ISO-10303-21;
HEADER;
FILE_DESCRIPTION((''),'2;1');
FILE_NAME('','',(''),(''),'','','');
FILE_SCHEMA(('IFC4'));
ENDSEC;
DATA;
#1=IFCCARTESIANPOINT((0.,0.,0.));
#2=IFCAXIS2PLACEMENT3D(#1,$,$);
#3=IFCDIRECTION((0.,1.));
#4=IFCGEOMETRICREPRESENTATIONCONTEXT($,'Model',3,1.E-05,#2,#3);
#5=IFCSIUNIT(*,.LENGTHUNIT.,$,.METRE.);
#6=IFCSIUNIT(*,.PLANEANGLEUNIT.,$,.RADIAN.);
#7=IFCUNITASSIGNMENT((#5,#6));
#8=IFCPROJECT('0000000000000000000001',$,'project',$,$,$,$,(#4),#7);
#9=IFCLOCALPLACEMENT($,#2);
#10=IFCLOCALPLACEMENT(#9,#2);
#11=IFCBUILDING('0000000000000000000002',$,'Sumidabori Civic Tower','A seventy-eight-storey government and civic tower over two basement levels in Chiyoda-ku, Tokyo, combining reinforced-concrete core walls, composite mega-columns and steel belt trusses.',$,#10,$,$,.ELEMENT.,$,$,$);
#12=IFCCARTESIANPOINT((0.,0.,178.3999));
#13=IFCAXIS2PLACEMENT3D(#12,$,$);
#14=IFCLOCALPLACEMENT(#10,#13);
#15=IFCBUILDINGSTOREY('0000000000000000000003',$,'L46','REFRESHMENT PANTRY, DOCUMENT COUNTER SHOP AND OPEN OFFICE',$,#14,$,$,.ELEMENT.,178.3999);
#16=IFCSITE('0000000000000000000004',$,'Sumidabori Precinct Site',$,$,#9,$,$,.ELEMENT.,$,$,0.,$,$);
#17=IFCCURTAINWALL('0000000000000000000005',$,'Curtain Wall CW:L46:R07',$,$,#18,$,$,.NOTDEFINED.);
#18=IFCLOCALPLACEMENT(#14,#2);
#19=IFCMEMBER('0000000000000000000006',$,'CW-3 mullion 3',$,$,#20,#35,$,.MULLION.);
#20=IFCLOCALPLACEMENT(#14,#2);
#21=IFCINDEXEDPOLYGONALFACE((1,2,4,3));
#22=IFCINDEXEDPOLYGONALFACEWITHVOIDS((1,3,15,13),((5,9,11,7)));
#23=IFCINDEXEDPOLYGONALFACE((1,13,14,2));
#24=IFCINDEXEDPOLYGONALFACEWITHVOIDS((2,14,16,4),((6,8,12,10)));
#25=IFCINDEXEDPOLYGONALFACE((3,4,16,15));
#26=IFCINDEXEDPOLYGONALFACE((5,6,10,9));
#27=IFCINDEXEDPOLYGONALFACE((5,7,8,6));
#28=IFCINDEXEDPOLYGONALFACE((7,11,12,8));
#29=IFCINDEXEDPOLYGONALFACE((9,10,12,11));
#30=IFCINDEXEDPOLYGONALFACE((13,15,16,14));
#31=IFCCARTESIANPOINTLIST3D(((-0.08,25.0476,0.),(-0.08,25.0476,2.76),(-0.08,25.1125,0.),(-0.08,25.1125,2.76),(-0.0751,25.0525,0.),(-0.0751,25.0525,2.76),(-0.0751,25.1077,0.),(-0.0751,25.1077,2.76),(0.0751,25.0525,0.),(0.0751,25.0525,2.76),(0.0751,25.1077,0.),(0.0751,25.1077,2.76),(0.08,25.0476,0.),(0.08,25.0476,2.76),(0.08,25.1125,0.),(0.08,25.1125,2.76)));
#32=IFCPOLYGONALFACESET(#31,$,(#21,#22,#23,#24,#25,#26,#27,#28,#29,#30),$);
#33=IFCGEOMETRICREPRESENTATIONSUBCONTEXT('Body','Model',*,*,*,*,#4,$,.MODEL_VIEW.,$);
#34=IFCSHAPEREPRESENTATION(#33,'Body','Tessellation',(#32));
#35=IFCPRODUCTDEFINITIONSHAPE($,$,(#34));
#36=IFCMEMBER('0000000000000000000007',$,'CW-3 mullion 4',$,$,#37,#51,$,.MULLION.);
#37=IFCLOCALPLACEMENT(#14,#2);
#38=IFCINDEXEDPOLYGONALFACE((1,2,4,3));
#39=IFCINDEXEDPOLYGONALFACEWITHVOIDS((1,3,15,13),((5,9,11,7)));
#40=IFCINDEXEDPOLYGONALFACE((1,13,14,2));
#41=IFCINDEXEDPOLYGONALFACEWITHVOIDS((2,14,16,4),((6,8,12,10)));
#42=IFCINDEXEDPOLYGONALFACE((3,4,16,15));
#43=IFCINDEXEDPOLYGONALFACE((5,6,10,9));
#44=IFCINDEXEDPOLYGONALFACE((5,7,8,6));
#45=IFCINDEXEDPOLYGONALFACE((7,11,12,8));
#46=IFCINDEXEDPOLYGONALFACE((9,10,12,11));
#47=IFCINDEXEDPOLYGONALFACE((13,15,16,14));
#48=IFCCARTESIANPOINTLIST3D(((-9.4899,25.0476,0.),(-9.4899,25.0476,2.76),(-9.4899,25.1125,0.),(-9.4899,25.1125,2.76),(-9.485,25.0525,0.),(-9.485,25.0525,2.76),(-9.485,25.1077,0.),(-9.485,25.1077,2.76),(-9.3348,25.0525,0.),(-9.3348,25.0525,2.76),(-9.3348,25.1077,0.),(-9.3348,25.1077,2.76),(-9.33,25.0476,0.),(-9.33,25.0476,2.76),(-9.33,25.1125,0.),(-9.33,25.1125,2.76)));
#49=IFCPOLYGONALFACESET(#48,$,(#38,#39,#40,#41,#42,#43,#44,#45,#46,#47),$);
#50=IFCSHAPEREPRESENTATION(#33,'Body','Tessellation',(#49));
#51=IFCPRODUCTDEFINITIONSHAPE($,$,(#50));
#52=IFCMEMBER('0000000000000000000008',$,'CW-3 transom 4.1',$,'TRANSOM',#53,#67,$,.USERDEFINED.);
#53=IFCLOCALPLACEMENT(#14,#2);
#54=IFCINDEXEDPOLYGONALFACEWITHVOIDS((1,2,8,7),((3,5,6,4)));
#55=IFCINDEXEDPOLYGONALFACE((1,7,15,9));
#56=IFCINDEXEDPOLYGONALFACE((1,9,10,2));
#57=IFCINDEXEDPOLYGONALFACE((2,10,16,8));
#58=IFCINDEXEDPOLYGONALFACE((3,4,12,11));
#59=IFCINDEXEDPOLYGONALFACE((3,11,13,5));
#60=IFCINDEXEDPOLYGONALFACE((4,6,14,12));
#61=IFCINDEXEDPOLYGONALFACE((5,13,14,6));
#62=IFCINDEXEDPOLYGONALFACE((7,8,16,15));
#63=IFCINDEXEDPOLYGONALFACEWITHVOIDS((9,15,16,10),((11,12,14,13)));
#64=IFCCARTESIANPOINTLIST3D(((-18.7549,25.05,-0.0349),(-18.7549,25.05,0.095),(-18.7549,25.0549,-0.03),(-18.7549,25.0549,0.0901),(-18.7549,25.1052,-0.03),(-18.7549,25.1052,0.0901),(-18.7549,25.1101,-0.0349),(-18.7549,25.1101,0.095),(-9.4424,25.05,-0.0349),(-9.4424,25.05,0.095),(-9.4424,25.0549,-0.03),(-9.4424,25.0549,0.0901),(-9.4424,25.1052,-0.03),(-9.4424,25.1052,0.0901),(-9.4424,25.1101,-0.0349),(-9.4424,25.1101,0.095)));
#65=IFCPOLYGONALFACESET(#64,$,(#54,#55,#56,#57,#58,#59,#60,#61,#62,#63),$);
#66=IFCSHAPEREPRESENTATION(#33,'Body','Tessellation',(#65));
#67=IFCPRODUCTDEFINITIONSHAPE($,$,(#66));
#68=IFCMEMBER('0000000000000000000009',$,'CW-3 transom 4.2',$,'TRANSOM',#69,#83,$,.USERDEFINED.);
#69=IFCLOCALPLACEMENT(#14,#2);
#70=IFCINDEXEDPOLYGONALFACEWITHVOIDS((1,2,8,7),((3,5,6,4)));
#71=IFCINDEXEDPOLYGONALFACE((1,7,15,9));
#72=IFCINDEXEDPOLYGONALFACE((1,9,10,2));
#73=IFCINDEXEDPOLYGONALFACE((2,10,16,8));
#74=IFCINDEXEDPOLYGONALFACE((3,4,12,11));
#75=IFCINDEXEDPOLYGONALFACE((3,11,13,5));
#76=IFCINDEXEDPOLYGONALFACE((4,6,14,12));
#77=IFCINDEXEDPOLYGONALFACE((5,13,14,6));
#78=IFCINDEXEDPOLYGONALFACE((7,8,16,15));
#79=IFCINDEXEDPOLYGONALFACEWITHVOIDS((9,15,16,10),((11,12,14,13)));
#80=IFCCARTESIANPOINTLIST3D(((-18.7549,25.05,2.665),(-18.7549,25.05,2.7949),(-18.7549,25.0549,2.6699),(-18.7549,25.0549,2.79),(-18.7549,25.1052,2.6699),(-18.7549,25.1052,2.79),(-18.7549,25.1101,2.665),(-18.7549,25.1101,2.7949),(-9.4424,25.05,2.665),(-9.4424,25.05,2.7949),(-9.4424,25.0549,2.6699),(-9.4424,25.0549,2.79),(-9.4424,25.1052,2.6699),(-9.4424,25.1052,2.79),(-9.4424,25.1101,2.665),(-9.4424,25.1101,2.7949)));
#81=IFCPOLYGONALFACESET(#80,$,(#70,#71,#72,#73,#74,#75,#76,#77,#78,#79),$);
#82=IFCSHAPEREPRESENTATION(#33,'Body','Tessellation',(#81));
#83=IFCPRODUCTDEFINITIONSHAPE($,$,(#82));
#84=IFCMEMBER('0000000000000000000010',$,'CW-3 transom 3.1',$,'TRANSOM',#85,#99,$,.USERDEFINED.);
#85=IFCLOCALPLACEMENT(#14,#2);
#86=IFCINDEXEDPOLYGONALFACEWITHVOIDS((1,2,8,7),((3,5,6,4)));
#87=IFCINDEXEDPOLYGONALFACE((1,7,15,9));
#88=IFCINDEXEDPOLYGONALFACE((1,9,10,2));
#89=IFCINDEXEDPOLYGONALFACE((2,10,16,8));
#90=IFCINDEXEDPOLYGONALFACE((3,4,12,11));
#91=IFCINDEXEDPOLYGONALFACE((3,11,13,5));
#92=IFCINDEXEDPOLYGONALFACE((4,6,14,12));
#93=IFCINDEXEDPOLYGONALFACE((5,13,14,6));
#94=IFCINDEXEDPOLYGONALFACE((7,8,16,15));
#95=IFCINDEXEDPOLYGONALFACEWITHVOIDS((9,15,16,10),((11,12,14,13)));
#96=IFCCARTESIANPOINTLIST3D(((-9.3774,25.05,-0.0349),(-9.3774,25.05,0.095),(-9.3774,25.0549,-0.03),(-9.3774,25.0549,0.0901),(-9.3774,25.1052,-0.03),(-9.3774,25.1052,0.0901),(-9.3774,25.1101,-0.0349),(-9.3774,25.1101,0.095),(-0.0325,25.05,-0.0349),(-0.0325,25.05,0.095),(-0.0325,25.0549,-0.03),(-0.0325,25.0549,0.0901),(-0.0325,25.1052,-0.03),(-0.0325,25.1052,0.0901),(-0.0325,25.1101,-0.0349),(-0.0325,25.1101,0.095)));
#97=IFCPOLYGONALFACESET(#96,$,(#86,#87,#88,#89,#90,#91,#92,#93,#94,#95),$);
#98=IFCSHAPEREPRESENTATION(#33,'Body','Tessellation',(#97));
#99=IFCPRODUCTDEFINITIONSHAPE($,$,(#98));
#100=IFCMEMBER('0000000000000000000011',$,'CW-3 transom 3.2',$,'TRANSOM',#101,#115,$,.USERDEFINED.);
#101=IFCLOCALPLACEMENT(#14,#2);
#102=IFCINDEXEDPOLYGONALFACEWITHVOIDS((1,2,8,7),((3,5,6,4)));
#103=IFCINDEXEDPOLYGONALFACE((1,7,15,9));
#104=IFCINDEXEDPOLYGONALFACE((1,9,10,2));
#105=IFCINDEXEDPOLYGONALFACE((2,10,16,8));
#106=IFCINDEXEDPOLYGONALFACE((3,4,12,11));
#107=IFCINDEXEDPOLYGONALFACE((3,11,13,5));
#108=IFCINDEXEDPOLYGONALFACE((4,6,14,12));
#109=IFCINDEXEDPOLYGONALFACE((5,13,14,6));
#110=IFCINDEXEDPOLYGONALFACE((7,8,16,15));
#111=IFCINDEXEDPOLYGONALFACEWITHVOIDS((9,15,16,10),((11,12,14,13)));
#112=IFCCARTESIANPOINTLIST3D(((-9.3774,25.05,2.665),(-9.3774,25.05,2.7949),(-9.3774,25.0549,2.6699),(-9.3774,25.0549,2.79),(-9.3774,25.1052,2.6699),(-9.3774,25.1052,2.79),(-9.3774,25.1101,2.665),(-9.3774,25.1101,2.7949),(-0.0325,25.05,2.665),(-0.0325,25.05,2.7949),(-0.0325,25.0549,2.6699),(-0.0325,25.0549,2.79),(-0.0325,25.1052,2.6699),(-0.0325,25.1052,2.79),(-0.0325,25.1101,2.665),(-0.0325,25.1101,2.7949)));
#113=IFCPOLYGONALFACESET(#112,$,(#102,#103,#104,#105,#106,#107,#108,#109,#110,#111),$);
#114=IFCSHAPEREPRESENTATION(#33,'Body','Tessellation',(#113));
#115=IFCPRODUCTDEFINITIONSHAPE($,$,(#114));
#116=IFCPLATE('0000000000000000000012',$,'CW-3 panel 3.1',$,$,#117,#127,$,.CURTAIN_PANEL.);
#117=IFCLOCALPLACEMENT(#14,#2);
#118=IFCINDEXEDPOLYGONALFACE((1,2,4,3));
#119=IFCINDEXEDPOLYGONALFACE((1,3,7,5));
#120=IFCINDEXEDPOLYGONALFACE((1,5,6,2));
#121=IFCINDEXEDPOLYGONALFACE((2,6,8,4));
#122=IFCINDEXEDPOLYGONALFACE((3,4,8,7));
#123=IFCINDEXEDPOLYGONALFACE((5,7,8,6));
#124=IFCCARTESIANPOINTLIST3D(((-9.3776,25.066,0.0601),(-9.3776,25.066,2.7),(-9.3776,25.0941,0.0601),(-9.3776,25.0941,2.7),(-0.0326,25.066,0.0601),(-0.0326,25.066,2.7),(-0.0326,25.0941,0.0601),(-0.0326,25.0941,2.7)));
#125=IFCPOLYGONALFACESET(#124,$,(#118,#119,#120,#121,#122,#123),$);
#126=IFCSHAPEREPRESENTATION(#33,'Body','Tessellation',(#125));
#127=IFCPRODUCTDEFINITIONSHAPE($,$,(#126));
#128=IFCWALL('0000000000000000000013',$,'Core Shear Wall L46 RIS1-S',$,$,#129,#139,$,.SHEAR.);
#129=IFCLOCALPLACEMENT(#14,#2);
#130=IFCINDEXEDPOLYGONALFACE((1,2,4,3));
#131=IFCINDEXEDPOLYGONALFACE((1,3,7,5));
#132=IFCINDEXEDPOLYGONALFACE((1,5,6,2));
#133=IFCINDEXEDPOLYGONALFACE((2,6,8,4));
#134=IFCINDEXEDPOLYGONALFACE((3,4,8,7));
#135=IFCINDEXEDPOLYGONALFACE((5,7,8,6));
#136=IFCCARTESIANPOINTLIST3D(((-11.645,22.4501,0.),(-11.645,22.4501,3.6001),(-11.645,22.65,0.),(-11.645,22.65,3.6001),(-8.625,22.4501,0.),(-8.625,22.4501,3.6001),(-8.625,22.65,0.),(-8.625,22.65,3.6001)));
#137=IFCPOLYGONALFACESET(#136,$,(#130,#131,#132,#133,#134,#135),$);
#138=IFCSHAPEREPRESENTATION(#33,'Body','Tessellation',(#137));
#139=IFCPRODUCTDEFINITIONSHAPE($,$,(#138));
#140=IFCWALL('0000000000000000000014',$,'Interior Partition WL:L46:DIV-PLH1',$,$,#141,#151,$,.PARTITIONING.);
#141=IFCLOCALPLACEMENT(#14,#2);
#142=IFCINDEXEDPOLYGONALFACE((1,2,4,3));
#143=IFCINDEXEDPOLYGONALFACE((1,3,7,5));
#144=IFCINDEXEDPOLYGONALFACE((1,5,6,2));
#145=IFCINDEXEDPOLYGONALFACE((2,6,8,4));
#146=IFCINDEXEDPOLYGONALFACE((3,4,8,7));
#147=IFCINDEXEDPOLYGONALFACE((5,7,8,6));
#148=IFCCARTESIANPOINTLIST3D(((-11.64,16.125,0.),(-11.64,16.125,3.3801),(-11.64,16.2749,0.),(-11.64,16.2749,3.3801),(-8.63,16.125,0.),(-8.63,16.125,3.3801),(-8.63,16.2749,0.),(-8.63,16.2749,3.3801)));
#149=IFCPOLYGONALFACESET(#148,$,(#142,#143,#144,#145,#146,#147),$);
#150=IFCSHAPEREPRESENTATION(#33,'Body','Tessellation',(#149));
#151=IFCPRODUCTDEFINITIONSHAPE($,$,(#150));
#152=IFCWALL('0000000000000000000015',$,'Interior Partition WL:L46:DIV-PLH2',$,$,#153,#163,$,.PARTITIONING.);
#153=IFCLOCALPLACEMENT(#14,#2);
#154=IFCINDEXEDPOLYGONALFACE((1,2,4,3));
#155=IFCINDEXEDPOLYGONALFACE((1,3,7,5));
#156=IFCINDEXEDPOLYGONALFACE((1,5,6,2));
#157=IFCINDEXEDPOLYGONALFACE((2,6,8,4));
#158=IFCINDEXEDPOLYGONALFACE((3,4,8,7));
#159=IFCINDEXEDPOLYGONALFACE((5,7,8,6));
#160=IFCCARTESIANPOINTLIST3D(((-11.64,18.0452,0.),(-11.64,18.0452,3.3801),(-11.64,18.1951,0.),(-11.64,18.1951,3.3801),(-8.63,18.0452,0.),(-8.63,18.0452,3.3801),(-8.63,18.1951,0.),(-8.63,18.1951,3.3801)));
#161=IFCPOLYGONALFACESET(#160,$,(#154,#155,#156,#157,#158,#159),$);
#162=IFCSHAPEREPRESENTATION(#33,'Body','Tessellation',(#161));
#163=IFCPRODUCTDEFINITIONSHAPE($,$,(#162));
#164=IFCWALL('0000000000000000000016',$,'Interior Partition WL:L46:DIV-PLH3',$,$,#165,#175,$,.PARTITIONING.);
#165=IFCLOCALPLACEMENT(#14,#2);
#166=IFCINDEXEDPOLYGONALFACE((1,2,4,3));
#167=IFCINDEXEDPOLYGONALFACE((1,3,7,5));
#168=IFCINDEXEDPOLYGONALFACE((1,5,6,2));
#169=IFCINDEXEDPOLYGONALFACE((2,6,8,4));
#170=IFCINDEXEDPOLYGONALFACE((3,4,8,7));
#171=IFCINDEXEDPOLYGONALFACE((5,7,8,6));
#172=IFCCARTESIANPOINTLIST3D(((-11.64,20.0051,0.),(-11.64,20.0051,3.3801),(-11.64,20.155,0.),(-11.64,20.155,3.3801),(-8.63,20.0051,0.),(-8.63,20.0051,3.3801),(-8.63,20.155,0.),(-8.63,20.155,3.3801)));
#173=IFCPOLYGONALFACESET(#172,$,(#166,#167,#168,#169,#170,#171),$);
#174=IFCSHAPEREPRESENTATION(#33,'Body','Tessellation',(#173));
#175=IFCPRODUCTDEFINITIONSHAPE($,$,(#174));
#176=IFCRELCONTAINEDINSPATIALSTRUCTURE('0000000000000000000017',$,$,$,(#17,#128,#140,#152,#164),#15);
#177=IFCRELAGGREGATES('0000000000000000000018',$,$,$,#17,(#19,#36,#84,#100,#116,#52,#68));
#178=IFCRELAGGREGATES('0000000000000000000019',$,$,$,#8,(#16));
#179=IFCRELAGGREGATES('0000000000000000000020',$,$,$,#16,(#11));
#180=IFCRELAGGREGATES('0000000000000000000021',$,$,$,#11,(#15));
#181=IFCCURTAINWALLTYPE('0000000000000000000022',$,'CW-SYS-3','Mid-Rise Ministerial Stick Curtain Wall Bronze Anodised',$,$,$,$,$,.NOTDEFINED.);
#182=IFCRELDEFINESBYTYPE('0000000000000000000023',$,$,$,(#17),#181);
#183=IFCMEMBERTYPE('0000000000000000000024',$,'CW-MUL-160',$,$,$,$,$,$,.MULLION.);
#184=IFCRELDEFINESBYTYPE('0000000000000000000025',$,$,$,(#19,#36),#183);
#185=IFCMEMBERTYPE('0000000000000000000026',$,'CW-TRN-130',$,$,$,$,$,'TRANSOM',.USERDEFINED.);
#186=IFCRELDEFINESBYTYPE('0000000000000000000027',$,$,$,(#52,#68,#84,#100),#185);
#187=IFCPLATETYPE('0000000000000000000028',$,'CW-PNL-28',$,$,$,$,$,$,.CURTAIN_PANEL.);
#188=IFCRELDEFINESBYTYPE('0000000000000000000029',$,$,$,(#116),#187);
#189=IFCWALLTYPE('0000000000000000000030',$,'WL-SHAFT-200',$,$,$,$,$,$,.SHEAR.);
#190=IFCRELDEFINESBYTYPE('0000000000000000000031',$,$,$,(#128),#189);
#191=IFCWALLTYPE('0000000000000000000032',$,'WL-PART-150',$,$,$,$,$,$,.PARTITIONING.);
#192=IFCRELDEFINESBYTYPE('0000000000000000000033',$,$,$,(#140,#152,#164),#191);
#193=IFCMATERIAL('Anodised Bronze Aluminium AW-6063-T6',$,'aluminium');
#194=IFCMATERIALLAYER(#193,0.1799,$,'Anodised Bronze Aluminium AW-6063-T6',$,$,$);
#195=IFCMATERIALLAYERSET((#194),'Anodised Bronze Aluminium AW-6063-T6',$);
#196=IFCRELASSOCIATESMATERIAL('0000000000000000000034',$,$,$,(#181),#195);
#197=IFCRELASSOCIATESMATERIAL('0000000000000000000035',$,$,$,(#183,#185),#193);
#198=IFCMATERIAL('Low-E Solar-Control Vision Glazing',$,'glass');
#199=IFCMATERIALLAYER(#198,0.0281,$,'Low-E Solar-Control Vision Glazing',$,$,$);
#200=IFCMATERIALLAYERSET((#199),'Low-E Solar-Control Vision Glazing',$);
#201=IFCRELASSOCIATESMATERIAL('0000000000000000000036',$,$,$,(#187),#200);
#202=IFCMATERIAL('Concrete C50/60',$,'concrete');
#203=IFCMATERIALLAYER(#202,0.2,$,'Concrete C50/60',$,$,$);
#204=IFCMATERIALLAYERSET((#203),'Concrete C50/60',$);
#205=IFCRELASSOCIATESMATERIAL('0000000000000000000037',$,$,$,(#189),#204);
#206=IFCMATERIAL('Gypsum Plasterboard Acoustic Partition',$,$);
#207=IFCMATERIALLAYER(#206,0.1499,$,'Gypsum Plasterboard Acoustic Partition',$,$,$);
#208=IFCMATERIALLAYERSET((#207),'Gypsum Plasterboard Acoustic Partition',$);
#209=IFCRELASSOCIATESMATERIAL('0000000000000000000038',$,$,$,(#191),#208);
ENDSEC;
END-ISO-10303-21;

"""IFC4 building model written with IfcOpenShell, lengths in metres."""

from ifc_helpers import new_model, si_unit, direction, frame, frame_2d, origin, origin_2d, place, context, subcontext, project, spatial, rectangle, hollow_rectangle, extrude, source, transform, mapped, material, layer, layer_set, material_profile, profile_set, type_object, element, aggregate, save


model = new_model("IFC4")

# Units and contexts
model_context = context("Model", 3, precision=1e-05, world=origin(), true_north=direction((0.0, 1.0)))
body_context = subcontext(model_context, "Body", "Model", "MODEL_VIEW")
ifc_project = project(units=[si_unit("LENGTHUNIT", "METRE"), si_unit("PLANEANGLEUNIT", "RADIAN")], contexts=[model_context])

# Site, building, storey
site_placement = place(None, origin())
site = spatial("IfcSite", under=ifc_project, at=site_placement, Name="Sumidabori Precinct Site", CompositionType="ELEMENT", RefElevation=0.0)
building_placement = place(site_placement, origin())
building = spatial("IfcBuilding", under=site, at=building_placement, Name="Sumidabori Civic Tower", Description="A seventy-eight-storey government and civic tower over two basement levels in Chiyoda-ku, Tokyo, combining reinforced-concrete core walls, composite mega-columns and steel belt trusses.", CompositionType="ELEMENT")
storey_placement = place(building_placement, frame((0.0, 0.0, 178.3999)))
storey = spatial("IfcBuildingStorey", under=building, at=storey_placement, Name="L46", Description="REFRESHMENT PANTRY, DOCUMENT COUNTER SHOP AND OPEN OFFICE", CompositionType="ELEMENT", Elevation=178.3999)

# Curtain wall, members, plate
ifc_material_1 = material(Name="Anodised Bronze Aluminium AW-6063-T6", Category="aluminium")
ifc_layer_1 = layer(ifc_material_1, 0.1799, Name="Anodised Bronze Aluminium AW-6063-T6")
ifc_layer_set_1 = layer_set([ifc_layer_1], Name="Anodised Bronze Aluminium AW-6063-T6")
curtain_wall_type = type_object("IfcCurtainWallType", Name="CW-SYS-3", Description="Mid-Rise Ministerial Stick Curtain Wall Bronze Anodised", PredefinedType="NOTDEFINED", material=ifc_layer_set_1)
curtain_wall_placement = place(storey_placement, origin())
curtain_wall = element("IfcCurtainWall", 1, at=curtain_wall_placement, inside=storey, type_object=curtain_wall_type, Name="Curtain Wall CW:L46:R07", PredefinedType="NOTDEFINED")
ifc_material_profile_1 = material_profile(ifc_material_1, hollow_rectangle(XDim=0.0649, YDim=0.1599, WallThickness=0.0049, at=origin_2d()), Name="ALU MULLION 160x65")
ifc_profile_set_1 = profile_set([ifc_material_profile_1], Name="Anodised Bronze Aluminium AW-6063-T6")
member_type_1 = type_object("IfcMemberType", Name="CW-MUL-160", PredefinedType="MULLION", material=ifc_profile_set_1)
shared_shape_1 = source(origin(), body_context, "Body", "SweptSolid", [
    extrude(hollow_rectangle(XDim=0.0649, YDim=0.1599, WallThickness=0.0049, at=origin_2d()), origin(), (0.0, 0.0, 1.0), 2.76),
])
member_1_placement = place(storey_placement, frame((0.0, 25.0801, 0.0), z_axis=(0.0, 0.0, 1.0), x_axis=(0.0, -1.0, 0.0)))
member_1 = element("IfcMember", 2, at=member_1_placement, type_object=member_type_1, Name="CW-3 mullion 3", PredefinedType="MULLION", context=body_context, shape_type="MappedRepresentation", body=[
    mapped(shared_shape_1, transform((0.0, 0.0, 0.0), x_axis=(1.0, 0.0, 0.0), y_axis=(0.0, 1.0, 0.0), z_axis=(0.0, 0.0, 1.0), scale=1.0)),
])
member_2_placement = place(storey_placement, frame((-9.4099, 25.0801, 0.0), z_axis=(0.0, 0.0, 1.0), x_axis=(0.0, -1.0, 0.0)))
member_2 = element("IfcMember", 3, at=member_2_placement, type_object=member_type_1, Name="CW-3 mullion 4", PredefinedType="MULLION", context=body_context, shape_type="MappedRepresentation", body=[
    mapped(shared_shape_1, transform((0.0, 0.0, 0.0), x_axis=(1.0, 0.0, 0.0), y_axis=(0.0, 1.0, 0.0), z_axis=(0.0, 0.0, 1.0), scale=1.0)),
])
ifc_material_profile_2 = material_profile(ifc_material_1, hollow_rectangle(XDim=0.0601, YDim=0.1299, WallThickness=0.0049, at=origin_2d()), Name="ALU TRANSOM 130x60")
ifc_profile_set_2 = profile_set([ifc_material_profile_2], Name="Anodised Bronze Aluminium AW-6063-T6")
member_type_2 = type_object("IfcMemberType", Name="CW-TRN-130", ElementType="TRANSOM", PredefinedType="USERDEFINED", material=ifc_profile_set_2)
shared_shape_2 = source(origin(), body_context, "Body", "SweptSolid", [
    extrude(hollow_rectangle(XDim=0.0601, YDim=0.1299, WallThickness=0.0049, at=origin_2d()), origin(), (0.0, 0.0, 1.0), 9.3125),
])
member_3_placement = place(storey_placement, frame((-9.4424, 25.0801, 0.03), z_axis=(-1.0, 0.0, 0.0), x_axis=(0.0, -1.0, 0.0)))
member_3 = element("IfcMember", 4, at=member_3_placement, type_object=member_type_2, Name="CW-3 transom 4.1", ObjectType="TRANSOM", PredefinedType="USERDEFINED", context=body_context, shape_type="MappedRepresentation", body=[
    mapped(shared_shape_2, transform((0.0, 0.0, 0.0), x_axis=(1.0, 0.0, 0.0), y_axis=(0.0, 1.0, 0.0), z_axis=(0.0, 0.0, 1.0), scale=1.0)),
])
member_4_placement = place(storey_placement, frame((-9.4424, 25.0801, 2.73), z_axis=(-1.0, 0.0, 0.0), x_axis=(0.0, -1.0, 0.0)))
member_4 = element("IfcMember", 5, at=member_4_placement, type_object=member_type_2, Name="CW-3 transom 4.2", ObjectType="TRANSOM", PredefinedType="USERDEFINED", context=body_context, shape_type="MappedRepresentation", body=[
    mapped(shared_shape_2, transform((0.0, 0.0, 0.0), x_axis=(1.0, 0.0, 0.0), y_axis=(0.0, 1.0, 0.0), z_axis=(0.0, 0.0, 1.0), scale=1.0)),
])
shared_shape_3 = source(origin(), body_context, "Body", "SweptSolid", [
    extrude(hollow_rectangle(XDim=0.0601, YDim=0.1299, WallThickness=0.0049, at=origin_2d()), origin(), (0.0, 0.0, 1.0), 9.345),
])
member_5_placement = place(storey_placement, frame((-0.0325, 25.0801, 0.03), z_axis=(-1.0, 0.0, 0.0), x_axis=(0.0, -1.0, 0.0)))
member_5 = element("IfcMember", 6, at=member_5_placement, type_object=member_type_2, Name="CW-3 transom 3.1", ObjectType="TRANSOM", PredefinedType="USERDEFINED", context=body_context, shape_type="MappedRepresentation", body=[
    mapped(shared_shape_3, transform((0.0, 0.0, 0.0), x_axis=(1.0, 0.0, 0.0), y_axis=(0.0, 1.0, 0.0), z_axis=(0.0, 0.0, 1.0), scale=1.0)),
])
member_6_placement = place(storey_placement, frame((-0.0325, 25.0801, 2.73), z_axis=(-1.0, 0.0, 0.0), x_axis=(0.0, -1.0, 0.0)))
member_6 = element("IfcMember", 7, at=member_6_placement, type_object=member_type_2, Name="CW-3 transom 3.2", ObjectType="TRANSOM", PredefinedType="USERDEFINED", context=body_context, shape_type="MappedRepresentation", body=[
    mapped(shared_shape_3, transform((0.0, 0.0, 0.0), x_axis=(1.0, 0.0, 0.0), y_axis=(0.0, 1.0, 0.0), z_axis=(0.0, 0.0, 1.0), scale=1.0)),
])
ifc_material_2 = material(Name="Low-E Solar-Control Vision Glazing", Category="glass")
ifc_layer_2 = layer(ifc_material_2, 0.0281, Name="Low-E Solar-Control Vision Glazing")
ifc_layer_set_2 = layer_set([ifc_layer_2], Name="Low-E Solar-Control Vision Glazing")
plate_type = type_object("IfcPlateType", Name="CW-PNL-28", PredefinedType="CURTAIN_PANEL", material=ifc_layer_set_2)
shared_shape_4 = source(origin(), body_context, "Body", "SweptSolid", [
    extrude(rectangle(XDim=9.345, YDim=0.0281, at=origin_2d()), origin(), (0.0, 0.0, 1.0), 2.6399),
])
plate_placement = place(storey_placement, frame((-4.7051, 25.0801, 0.0601), z_axis=(0.0, 0.0, 1.0), x_axis=(-1.0, 0.0, 0.0)))
plate = element("IfcPlate", 8, at=plate_placement, type_object=plate_type, Name="CW-3 panel 3.1", PredefinedType="CURTAIN_PANEL", context=body_context, shape_type="MappedRepresentation", body=[
    mapped(shared_shape_4, transform((0.0, 0.0, 0.0), x_axis=(1.0, 0.0, 0.0), y_axis=(0.0, 1.0, 0.0), z_axis=(0.0, 0.0, 1.0), scale=1.0)),
])
aggregate(curtain_wall, [member_1, member_2, member_5, member_6, plate, member_3, member_4])

# Walls
ifc_material_3 = material(Name="Concrete C50/60", Category="concrete")
ifc_layer_3 = layer(ifc_material_3, 0.2, Name="Concrete C50/60")
ifc_layer_set_3 = layer_set([ifc_layer_3], Name="Concrete C50/60")
wall_type_1 = type_object("IfcWallType", Name="WL-SHAFT-200", PredefinedType="SHEAR", material=ifc_layer_set_3)
shared_shape_5 = source(origin(), body_context, "Body", "SweptSolid", [
    extrude(rectangle(XDim=3.02, YDim=0.2, at=frame_2d((1.51, 0.0))), origin(), (0.0, 0.0, 1.0), 3.6001),
])
wall_1_placement = place(storey_placement, frame((-11.645, 22.55, 0.0), z_axis=(0.0, 0.0, 1.0), x_axis=(1.0, 0.0, 0.0)))
element("IfcWall", 9, at=wall_1_placement, inside=storey, type_object=wall_type_1, Name="Core Shear Wall L46 RIS1-S", PredefinedType="SHEAR", context=body_context, shape_type="MappedRepresentation", body=[
    mapped(shared_shape_5, transform((0.0, 0.0, 0.0), x_axis=(1.0, 0.0, 0.0), y_axis=(0.0, 1.0, 0.0), z_axis=(0.0, 0.0, 1.0), scale=1.0)),
])
ifc_material_4 = material(Name="Gypsum Plasterboard Acoustic Partition")
ifc_layer_4 = layer(ifc_material_4, 0.1499, Name="Gypsum Plasterboard Acoustic Partition")
ifc_layer_set_4 = layer_set([ifc_layer_4], Name="Gypsum Plasterboard Acoustic Partition")
wall_type_2 = type_object("IfcWallType", Name="WL-PART-150", PredefinedType="PARTITIONING", material=ifc_layer_set_4)
shared_shape_6 = source(origin(), body_context, "Body", "SweptSolid", [
    extrude(rectangle(XDim=3.01, YDim=0.1499, at=frame_2d((1.5049, 0.0))), origin(), (0.0, 0.0, 1.0), 3.3801),
])
for number, where, z_axis, x_axis, name in (
    (10, (-11.6399, 16.2, 0.0), (0.0, 0.0, 1.0), (1.0, 0.0, 0.0), "Interior Partition WL:L46:DIV-PLH1"),
    (11, (-11.6399, 18.1201, 0.0), (0.0, 0.0, 1.0), (1.0, 0.0, 0.0), "Interior Partition WL:L46:DIV-PLH2"),
    (12, (-11.6399, 20.0801, 0.0), (0.0, 0.0, 1.0), (1.0, 0.0, 0.0), "Interior Partition WL:L46:DIV-PLH3"),
):
    element("IfcWall", number, at=place(storey_placement, frame(where, z_axis=z_axis, x_axis=x_axis)), inside=storey, type_object=wall_type_2, Name=name, PredefinedType="PARTITIONING", context=body_context, shape_type="MappedRepresentation", body=[
        mapped(shared_shape_6, transform((0.0, 0.0, 0.0), x_axis=(1.0, 0.0, 0.0), y_axis=(0.0, 1.0, 0.0), z_axis=(0.0, 0.0, 1.0), scale=1.0)),
    ])

save(model, "model.ifc")
